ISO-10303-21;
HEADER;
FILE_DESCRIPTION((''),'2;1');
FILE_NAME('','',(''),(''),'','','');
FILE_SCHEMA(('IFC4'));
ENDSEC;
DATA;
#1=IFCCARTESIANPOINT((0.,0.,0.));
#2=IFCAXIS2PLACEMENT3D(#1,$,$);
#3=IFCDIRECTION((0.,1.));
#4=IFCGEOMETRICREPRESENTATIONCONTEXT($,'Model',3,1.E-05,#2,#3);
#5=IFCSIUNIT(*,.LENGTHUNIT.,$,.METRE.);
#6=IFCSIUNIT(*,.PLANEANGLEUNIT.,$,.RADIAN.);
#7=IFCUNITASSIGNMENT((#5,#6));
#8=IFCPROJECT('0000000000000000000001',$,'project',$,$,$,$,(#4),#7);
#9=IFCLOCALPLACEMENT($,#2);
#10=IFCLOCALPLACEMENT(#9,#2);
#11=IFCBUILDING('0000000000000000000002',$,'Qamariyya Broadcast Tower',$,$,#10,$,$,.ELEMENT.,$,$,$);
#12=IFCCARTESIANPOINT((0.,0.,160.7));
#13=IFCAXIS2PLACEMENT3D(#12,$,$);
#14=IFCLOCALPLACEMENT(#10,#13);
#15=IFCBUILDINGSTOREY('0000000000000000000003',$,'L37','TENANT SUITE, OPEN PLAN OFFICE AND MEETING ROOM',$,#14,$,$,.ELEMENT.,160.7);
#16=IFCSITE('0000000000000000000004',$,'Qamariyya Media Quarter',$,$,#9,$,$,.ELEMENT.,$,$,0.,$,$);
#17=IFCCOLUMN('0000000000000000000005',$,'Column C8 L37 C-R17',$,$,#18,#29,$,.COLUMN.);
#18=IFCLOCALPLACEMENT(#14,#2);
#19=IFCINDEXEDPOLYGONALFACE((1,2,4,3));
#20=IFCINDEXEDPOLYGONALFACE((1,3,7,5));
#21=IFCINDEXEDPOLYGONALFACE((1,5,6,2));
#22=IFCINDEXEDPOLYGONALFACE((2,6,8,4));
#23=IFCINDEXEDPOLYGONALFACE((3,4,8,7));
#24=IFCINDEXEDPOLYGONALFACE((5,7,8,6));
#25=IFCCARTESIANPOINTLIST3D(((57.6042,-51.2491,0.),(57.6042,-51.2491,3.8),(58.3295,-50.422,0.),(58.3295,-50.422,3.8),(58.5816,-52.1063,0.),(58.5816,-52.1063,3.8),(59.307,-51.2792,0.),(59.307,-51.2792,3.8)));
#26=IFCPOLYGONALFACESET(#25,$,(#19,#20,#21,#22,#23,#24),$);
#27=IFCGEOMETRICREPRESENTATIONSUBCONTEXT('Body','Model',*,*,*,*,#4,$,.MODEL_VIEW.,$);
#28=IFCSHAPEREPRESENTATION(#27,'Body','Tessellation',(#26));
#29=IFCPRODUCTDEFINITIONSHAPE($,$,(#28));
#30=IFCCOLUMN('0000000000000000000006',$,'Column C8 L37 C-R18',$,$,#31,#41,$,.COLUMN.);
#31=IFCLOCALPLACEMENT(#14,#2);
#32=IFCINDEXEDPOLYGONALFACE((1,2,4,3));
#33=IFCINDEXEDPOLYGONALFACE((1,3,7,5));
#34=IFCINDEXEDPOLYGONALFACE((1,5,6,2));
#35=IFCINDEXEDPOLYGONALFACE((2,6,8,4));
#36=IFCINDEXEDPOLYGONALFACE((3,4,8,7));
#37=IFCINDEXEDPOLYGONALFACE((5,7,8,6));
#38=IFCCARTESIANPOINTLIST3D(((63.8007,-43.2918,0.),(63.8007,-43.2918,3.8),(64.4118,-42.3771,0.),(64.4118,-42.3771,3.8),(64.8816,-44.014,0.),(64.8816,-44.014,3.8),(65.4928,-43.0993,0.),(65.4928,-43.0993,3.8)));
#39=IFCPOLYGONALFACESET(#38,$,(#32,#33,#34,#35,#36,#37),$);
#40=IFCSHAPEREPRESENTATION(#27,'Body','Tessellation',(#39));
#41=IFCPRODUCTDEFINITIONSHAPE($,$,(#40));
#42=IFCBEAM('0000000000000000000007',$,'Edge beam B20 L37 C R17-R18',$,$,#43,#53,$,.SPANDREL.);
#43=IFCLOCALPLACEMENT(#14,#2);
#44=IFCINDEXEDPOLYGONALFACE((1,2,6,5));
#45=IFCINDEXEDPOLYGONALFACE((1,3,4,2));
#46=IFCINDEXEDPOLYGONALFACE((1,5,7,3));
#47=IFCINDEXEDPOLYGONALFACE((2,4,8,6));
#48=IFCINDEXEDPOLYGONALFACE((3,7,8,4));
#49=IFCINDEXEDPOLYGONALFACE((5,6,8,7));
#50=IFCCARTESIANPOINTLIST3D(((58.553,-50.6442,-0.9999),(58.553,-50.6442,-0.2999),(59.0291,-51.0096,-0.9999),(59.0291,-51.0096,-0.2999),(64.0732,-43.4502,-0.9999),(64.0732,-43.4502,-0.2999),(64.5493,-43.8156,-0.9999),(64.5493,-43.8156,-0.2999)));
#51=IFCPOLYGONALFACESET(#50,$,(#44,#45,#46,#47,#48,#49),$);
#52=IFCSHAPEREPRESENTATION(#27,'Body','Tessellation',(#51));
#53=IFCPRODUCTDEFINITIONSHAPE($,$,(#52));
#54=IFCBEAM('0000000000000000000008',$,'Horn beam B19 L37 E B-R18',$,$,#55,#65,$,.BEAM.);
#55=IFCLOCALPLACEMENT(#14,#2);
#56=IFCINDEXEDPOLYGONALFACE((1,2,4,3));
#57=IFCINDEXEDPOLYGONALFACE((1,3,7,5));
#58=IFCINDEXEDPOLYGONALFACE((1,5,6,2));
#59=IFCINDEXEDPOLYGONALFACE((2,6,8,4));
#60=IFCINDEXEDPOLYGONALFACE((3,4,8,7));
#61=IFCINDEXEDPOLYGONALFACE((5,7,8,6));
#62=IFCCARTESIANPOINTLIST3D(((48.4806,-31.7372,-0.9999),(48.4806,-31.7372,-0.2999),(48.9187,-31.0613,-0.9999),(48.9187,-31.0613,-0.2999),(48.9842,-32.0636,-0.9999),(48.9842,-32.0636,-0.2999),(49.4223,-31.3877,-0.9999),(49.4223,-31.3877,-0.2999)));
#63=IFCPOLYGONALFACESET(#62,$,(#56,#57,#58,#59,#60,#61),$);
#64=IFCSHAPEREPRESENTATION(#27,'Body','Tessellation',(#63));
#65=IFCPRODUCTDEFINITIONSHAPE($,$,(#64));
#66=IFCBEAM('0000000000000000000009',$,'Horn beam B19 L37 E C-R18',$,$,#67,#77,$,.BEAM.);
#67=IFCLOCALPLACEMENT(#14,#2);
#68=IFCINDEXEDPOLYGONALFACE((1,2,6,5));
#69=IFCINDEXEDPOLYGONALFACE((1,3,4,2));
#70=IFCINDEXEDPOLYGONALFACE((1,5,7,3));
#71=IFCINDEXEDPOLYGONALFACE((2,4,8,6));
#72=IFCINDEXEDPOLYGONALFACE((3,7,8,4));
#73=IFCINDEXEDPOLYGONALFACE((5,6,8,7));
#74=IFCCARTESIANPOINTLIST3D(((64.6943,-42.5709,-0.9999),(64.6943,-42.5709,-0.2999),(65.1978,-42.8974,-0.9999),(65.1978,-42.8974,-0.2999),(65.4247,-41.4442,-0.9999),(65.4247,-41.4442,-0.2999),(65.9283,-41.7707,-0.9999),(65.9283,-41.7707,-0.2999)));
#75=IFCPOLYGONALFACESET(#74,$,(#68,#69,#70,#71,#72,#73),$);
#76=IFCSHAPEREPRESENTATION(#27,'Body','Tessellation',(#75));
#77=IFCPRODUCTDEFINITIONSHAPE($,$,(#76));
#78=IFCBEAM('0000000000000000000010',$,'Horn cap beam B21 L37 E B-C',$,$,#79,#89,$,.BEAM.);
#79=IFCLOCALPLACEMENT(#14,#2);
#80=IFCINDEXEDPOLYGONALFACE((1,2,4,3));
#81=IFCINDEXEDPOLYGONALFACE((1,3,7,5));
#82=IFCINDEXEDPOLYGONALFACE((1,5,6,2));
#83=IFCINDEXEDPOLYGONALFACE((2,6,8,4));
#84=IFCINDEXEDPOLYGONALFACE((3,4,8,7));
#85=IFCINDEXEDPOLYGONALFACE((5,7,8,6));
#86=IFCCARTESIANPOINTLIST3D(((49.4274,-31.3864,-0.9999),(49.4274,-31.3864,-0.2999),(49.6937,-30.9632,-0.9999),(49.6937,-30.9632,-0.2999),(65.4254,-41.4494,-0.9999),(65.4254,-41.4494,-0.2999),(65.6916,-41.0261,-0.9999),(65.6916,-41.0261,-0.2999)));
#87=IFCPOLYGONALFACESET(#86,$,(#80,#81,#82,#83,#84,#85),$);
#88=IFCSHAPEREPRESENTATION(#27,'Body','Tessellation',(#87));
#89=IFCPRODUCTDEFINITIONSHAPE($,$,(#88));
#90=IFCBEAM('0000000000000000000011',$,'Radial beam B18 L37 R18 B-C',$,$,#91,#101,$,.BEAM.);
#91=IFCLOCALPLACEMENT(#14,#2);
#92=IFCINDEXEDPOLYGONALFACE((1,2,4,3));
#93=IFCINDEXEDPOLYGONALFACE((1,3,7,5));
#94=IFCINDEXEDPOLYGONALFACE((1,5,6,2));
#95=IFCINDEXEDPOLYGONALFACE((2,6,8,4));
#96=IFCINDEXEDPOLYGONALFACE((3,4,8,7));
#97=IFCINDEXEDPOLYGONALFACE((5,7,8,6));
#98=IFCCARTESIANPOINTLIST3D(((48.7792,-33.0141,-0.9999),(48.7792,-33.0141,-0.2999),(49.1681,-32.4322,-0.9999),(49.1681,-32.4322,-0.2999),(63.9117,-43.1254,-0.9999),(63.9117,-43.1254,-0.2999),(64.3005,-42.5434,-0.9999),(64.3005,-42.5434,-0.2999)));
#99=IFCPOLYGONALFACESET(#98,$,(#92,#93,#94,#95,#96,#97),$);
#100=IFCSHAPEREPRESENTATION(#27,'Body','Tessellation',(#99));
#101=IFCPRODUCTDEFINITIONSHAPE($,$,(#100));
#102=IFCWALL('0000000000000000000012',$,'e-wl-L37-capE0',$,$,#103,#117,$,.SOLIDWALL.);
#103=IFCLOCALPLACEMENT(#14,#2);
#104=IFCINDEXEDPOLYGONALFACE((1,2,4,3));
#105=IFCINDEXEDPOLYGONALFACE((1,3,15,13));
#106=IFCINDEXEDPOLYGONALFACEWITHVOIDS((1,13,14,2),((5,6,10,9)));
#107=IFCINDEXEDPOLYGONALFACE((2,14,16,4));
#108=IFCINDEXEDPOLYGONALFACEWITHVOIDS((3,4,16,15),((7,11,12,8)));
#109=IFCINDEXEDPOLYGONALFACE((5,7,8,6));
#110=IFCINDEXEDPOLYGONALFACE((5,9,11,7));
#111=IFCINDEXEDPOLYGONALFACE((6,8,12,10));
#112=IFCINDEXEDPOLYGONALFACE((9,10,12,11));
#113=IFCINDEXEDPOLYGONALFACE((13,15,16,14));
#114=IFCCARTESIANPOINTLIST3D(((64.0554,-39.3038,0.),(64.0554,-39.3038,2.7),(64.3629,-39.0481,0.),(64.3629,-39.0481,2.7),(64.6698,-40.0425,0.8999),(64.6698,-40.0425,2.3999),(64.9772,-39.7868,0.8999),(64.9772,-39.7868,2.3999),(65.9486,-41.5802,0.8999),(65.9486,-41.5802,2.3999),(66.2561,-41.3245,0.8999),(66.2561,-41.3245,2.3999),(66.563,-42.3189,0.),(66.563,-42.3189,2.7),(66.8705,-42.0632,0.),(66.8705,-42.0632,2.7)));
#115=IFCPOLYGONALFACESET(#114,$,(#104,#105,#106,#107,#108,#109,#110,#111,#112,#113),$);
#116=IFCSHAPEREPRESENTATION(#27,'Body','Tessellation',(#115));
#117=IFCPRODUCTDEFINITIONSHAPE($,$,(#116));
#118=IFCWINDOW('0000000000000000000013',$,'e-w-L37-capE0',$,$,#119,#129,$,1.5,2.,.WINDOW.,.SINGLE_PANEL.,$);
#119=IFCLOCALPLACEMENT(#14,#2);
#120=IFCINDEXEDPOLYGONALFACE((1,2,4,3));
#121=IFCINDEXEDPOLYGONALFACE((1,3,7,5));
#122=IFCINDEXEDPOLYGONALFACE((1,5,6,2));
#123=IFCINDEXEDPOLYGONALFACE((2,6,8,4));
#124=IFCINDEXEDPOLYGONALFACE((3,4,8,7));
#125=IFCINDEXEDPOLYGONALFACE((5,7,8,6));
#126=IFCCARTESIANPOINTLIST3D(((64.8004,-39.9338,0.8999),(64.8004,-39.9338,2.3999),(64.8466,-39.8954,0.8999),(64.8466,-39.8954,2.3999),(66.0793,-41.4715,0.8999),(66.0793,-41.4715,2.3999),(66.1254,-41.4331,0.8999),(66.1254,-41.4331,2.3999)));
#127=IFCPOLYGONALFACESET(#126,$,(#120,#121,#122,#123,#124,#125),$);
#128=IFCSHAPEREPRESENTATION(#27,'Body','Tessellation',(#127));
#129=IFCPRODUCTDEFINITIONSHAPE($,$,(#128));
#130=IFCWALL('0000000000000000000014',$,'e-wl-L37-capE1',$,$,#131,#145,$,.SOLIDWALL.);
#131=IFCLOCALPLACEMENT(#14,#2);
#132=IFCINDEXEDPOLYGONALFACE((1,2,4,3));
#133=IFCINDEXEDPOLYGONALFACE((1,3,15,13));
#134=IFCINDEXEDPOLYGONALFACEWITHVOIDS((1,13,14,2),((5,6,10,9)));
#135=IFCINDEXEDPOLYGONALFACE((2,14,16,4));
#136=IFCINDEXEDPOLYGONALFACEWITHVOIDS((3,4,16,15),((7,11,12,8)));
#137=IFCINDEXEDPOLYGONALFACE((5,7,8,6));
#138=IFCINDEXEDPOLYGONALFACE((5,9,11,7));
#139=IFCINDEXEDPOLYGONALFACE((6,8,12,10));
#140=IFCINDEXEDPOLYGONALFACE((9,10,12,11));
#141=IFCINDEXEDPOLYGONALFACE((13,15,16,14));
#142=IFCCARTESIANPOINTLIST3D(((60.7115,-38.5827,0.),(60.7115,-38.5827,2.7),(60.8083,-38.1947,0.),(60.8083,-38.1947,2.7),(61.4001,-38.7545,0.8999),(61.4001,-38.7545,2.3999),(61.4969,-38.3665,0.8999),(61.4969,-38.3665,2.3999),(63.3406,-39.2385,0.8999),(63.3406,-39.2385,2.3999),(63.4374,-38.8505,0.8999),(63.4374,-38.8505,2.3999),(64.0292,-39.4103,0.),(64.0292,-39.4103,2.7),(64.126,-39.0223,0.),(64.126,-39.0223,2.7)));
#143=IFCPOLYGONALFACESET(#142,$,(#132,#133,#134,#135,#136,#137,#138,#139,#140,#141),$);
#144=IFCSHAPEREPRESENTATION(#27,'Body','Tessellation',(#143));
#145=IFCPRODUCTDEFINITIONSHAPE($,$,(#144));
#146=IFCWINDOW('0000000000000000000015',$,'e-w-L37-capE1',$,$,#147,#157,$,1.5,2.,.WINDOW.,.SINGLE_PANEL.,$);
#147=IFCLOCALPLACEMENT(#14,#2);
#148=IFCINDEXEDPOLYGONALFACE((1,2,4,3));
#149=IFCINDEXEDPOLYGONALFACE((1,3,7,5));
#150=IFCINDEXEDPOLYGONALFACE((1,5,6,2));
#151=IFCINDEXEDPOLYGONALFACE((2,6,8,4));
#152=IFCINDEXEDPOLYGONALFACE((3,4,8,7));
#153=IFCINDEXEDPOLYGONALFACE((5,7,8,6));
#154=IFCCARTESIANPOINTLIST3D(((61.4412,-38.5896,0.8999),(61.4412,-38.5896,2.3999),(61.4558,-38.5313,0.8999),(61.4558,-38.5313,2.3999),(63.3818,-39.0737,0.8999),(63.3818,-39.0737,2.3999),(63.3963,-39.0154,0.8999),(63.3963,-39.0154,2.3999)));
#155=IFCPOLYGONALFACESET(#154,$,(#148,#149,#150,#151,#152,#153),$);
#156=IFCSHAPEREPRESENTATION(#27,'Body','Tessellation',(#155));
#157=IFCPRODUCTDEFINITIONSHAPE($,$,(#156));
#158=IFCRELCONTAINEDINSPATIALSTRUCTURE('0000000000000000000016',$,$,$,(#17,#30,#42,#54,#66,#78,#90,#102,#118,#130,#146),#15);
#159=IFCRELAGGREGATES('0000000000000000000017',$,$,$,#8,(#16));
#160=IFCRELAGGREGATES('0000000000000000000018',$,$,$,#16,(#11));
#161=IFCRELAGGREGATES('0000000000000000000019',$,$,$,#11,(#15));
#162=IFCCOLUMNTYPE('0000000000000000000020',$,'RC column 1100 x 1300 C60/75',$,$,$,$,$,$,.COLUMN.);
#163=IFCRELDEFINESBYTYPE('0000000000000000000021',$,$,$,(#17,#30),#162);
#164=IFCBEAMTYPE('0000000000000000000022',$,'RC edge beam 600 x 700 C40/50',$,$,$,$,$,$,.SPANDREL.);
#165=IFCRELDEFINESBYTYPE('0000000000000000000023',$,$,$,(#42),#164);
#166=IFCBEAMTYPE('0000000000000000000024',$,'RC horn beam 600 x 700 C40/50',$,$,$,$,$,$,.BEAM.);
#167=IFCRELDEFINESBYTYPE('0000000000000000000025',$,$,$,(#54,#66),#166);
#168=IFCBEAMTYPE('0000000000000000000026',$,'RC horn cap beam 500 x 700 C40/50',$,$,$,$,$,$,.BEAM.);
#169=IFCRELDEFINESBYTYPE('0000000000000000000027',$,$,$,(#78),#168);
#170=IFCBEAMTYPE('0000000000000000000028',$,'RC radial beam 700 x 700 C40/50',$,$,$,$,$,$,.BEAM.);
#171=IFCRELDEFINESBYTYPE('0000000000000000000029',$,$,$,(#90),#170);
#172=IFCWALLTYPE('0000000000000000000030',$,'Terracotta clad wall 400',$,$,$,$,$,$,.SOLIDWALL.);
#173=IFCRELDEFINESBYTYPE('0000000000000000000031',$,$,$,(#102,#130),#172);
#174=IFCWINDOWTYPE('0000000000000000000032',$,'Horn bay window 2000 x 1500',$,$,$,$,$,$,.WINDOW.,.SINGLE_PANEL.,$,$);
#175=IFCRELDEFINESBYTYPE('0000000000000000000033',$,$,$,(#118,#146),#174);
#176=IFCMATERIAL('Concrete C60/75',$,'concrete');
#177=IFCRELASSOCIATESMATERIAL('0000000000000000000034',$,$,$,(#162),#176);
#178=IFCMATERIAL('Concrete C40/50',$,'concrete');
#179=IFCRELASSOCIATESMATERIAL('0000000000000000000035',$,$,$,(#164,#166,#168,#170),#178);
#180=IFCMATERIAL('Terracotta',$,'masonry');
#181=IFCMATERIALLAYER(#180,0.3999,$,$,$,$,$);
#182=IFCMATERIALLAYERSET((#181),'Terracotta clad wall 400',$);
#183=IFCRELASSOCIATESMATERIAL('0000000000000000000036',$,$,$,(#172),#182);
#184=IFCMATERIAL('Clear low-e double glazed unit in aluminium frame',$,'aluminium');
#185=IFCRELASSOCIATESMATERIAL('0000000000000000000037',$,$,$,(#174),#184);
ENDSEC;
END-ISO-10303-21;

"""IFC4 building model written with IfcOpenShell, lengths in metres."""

from ifc_helpers import new_model, si_unit, direction, frame, frame_2d, origin, origin_2d, place, context, subcontext, project, spatial, rectangle, extrude, material, layer, layer_set, material_profile, profile_set, type_object, element, fill, save


model = new_model("IFC4")

# Units and contexts
model_context = context("Model", 3, precision=1e-05, world=origin(), true_north=direction((0.0, 1.0)))
body_context = subcontext(model_context, "Body", "Model", "MODEL_VIEW")
ifc_project = project(units=[si_unit("LENGTHUNIT", "METRE"), si_unit("PLANEANGLEUNIT", "RADIAN")], contexts=[model_context])

# Site, building, storey
site_placement = place(None, origin())
site = spatial("IfcSite", under=ifc_project, at=site_placement, Name="Qamariyya Media Quarter", CompositionType="ELEMENT", RefElevation=0.0)
building_placement = place(site_placement, origin())
building = spatial("IfcBuilding", under=site, at=building_placement, Name="Qamariyya Broadcast Tower", CompositionType="ELEMENT")
storey_placement = place(building_placement, frame((0.0, 0.0, 160.7)))
storey = spatial("IfcBuildingStorey", under=building, at=storey_placement, Name="L37", Description="TENANT SUITE, OPEN PLAN OFFICE AND MEETING ROOM", CompositionType="ELEMENT", Elevation=160.7)

# Columns
ifc_material_1 = material(Name="Concrete C60/75", Category="concrete")
ifc_material_profile_1 = material_profile(ifc_material_1, rectangle(XDim=1.1001, YDim=1.3, at=origin_2d()))
ifc_profile_set_1 = profile_set([ifc_material_profile_1], Name="Concrete C60/75")
column_type = type_object("IfcColumnType", Name="RC column 1100 x 1300 C60/75", PredefinedType="COLUMN", material=ifc_profile_set_1)
for number, where, z_axis, x_axis, name in (
    (1, (58.4556, -51.2642, 0.0), (0.0, 0.0, 1.0), (0.659346, 0.75184, 0.0), "Column C8 L37 C-R17"),
    (2, (64.6467, -43.1956, 0.0), (0.0, 0.0, 1.0), (0.55557, 0.83147, 0.0), "Column C8 L37 C-R18"),
):
    element("IfcColumn", number, at=place(storey_placement, frame(where, z_axis=z_axis, x_axis=x_axis)), inside=storey, type_object=column_type, Name=name, PredefinedType="COLUMN", context=body_context, shape_type="SweptSolid", body=[
        extrude(rectangle(XDim=1.1001, YDim=1.3, at=origin_2d()), origin(), (0.0, 0.0, 1.0), 3.8),
    ])

# Beams
ifc_material_2 = material(Name="Concrete C40/50", Category="concrete")
ifc_material_profile_2 = material_profile(ifc_material_2, rectangle(XDim=0.6001, YDim=0.7, at=origin_2d()))
ifc_profile_set_2 = profile_set([ifc_material_profile_2], Name="Concrete C40/50")
beam_type_1 = type_object("IfcBeamType", Name="RC edge beam 600 x 700 C40/50", PredefinedType="SPANDREL", material=ifc_profile_set_2)
beam_1_placement = place(storey_placement, frame((58.791, -50.8269, -0.6499), z_axis=(0.608764, 0.793351, 0.0), x_axis=(-0.793351, 0.608764, 0.0)))
element("IfcBeam", 3, at=beam_1_placement, inside=storey, type_object=beam_type_1, Name="Edge beam B20 L37 C R17-R18", PredefinedType="SPANDREL", context=body_context, shape_type="SweptSolid", body=[
    extrude(rectangle(XDim=0.6001, YDim=0.7, at=origin_2d()), origin(), (0.0, 0.0, 1.0), 9.0679),
])
ifc_material_profile_3 = material_profile(ifc_material_2, rectangle(XDim=0.6001, YDim=0.7, at=origin_2d()))
ifc_profile_set_3 = profile_set([ifc_material_profile_3], Name="Concrete C40/50")
beam_type_2 = type_object("IfcBeamType", Name="RC horn beam 600 x 700 C40/50", PredefinedType="BEAM", material=ifc_profile_set_3)
beam_2_placement = place(storey_placement, frame((48.7324, -31.9004, -0.6499), z_axis=(0.54388, 0.839163, 0.0), x_axis=(-0.839163, 0.54388, 0.0)))
element("IfcBeam", 4, at=beam_2_placement, inside=storey, type_object=beam_type_2, Name="Horn beam B19 L37 E B-R18", PredefinedType="BEAM", context=body_context, shape_type="SweptSolid", body=[
    extrude(rectangle(XDim=0.6001, YDim=0.7, at=origin_2d()), origin(), (0.0, 0.0, 1.0), 0.8054),
])
beam_3_placement = place(storey_placement, frame((64.946, -42.7341, -0.6499), z_axis=(0.543997, 0.839087, 0.0), x_axis=(-0.839087, 0.543997, 0.0)))
element("IfcBeam", 5, at=beam_3_placement, inside=storey, type_object=beam_type_2, Name="Horn beam B19 L37 E C-R18", PredefinedType="BEAM", context=body_context, shape_type="SweptSolid", body=[
    extrude(rectangle(XDim=0.6001, YDim=0.7, at=origin_2d()), origin(), (0.0, 0.0, 1.0), 1.3428),
])
ifc_material_profile_4 = material_profile(ifc_material_2, rectangle(XDim=0.5, YDim=0.7, at=origin_2d()))
ifc_profile_set_4 = profile_set([ifc_material_profile_4], Name="Concrete C40/50")
beam_type_3 = type_object("IfcBeamType", Name="RC horn cap beam 500 x 700 C40/50", PredefinedType="BEAM", material=ifc_profile_set_4)
beam_4_placement = place(storey_placement, frame((49.5605, -31.1748, -0.6499), z_axis=(0.846468, -0.53244, 0.0), x_axis=(0.53244, 0.846468, 0.0)))
element("IfcBeam", 6, at=beam_4_placement, inside=storey, type_object=beam_type_3, Name="Horn cap beam B21 L37 E B-C", PredefinedType="BEAM", context=body_context, shape_type="SweptSolid", body=[
    extrude(rectangle(XDim=0.5, YDim=0.7, at=origin_2d()), origin(), (0.0, 0.0, 1.0), 18.8997),
])
ifc_material_profile_5 = material_profile(ifc_material_2, rectangle(XDim=0.7, YDim=0.7, at=origin_2d()))
ifc_profile_set_5 = profile_set([ifc_material_profile_5], Name="Concrete C40/50")
beam_type_4 = type_object("IfcBeamType", Name="RC radial beam 700 x 700 C40/50", PredefinedType="BEAM", material=ifc_profile_set_5)
beam_5_placement = place(storey_placement, frame((48.9736, -32.7231, -0.6499), z_axis=(0.831468, -0.555573, 0.0), x_axis=(0.555573, 0.831468, 0.0)))
element("IfcBeam", 7, at=beam_5_placement, inside=storey, type_object=beam_type_4, Name="Radial beam B18 L37 R18 B-C", PredefinedType="BEAM", context=body_context, shape_type="SweptSolid", body=[
    extrude(rectangle(XDim=0.7, YDim=0.7, at=origin_2d()), origin(), (0.0, 0.0, 1.0), 18.1997),
])

# Walls, openings, windows
ifc_material_3 = material(Name="Terracotta", Category="masonry")
ifc_layer = layer(ifc_material_3, 0.3999)
ifc_layer_set = layer_set([ifc_layer], Name="Terracotta clad wall 400")
wall_type = type_object("IfcWallType", Name="Terracotta clad wall 400", PredefinedType="SOLIDWALL", material=ifc_layer_set)
wall_1_placement = place(storey_placement, frame((66.7168, -42.1912, 0.0), z_axis=(0.0, 0.0, 1.0), x_axis=(-0.639425, 0.768854, 0.0)))
wall_1 = element("IfcWall", 8, at=wall_1_placement, inside=storey, type_object=wall_type, Name="e-wl-L37-capE0", PredefinedType="SOLIDWALL", context=body_context, shape_type="SweptSolid", body=[
    extrude(rectangle(XDim=3.9216, YDim=0.3999, at=frame_2d((1.9609, 0.0))), origin(), (0.0, 0.0, 1.0), 2.7),
])
opening_1_placement = place(wall_1_placement, frame((0.9609, 0.0, 0.8999)))
opening_1 = element("IfcOpeningElement", 9, at=opening_1_placement, cuts=wall_1, PredefinedType="OPENING", context=body_context, shape_type="SweptSolid", body=[
    extrude(rectangle(XDim=2.0, YDim=1.5, at=frame_2d((1.0, 0.75))), frame((0.0, 0.21, 0.0), z_axis=(0.0, -1.0, 0.0), x_axis=(1.0, 0.0, 0.0)), (0.0, 0.0, 1.0), 0.4199),
])
ifc_material_4 = material(Name="Clear low-e double glazed unit in aluminium frame", Category="aluminium")
window_type = type_object("IfcWindowType", Name="Horn bay window 2000 x 1500", PartitioningType="SINGLE_PANEL", PredefinedType="WINDOW", material=ifc_material_4)
window_1_placement = place(opening_1_placement, origin())
window_1 = element("IfcWindow", 10, at=window_1_placement, inside=storey, type_object=window_type, Name="e-w-L37-capE0", OverallHeight=1.5, OverallWidth=2.0, PartitioningType="SINGLE_PANEL", PredefinedType="WINDOW", context=body_context, shape_type="SweptSolid", body=[
    extrude(rectangle(XDim=2.0, YDim=1.5, at=frame_2d((1.0, 0.75))), frame((0.0, 0.03, 0.0), z_axis=(0.0, -1.0, 0.0), x_axis=(1.0, 0.0, 0.0)), (0.0, 0.0, 1.0), 0.0601),
])
fill(opening_1, window_1)
wall_2_placement = place(storey_placement, frame((64.0776, -39.2163, 0.0), z_axis=(0.0, 0.0, 1.0), x_axis=(-0.970268, 0.242032, 0.0)))
wall_2 = element("IfcWall", 11, at=wall_2_placement, inside=storey, type_object=wall_type, Name="e-wl-L37-capE1", PredefinedType="SOLIDWALL", context=body_context, shape_type="SweptSolid", body=[
    extrude(rectangle(XDim=3.4194, YDim=0.3999, at=frame_2d((1.7097, 0.0))), origin(), (0.0, 0.0, 1.0), 2.7),
])
opening_2_placement = place(wall_2_placement, frame((0.7097, 0.0, 0.8999)))
opening_2 = element("IfcOpeningElement", 12, at=opening_2_placement, cuts=wall_2, PredefinedType="OPENING", context=body_context, shape_type="SweptSolid", body=[
    extrude(rectangle(XDim=2.0, YDim=1.5, at=frame_2d((1.0, 0.75))), frame((0.0, 0.21, 0.0), z_axis=(0.0, -1.0, 0.0), x_axis=(1.0, 0.0, 0.0)), (0.0, 0.0, 1.0), 0.4199),
])
window_2_placement = place(opening_2_placement, origin())
window_2 = element("IfcWindow", 13, at=window_2_placement, inside=storey, type_object=window_type, Name="e-w-L37-capE1", OverallHeight=1.5, OverallWidth=2.0, PartitioningType="SINGLE_PANEL", PredefinedType="WINDOW", context=body_context, shape_type="SweptSolid", body=[
    extrude(rectangle(XDim=2.0, YDim=1.5, at=frame_2d((1.0, 0.75))), frame((0.0, 0.03, 0.0), z_axis=(0.0, -1.0, 0.0), x_axis=(1.0, 0.0, 0.0)), (0.0, 0.0, 1.0), 0.0601),
])
fill(opening_2, window_2)

save(model, "model.ifc")
